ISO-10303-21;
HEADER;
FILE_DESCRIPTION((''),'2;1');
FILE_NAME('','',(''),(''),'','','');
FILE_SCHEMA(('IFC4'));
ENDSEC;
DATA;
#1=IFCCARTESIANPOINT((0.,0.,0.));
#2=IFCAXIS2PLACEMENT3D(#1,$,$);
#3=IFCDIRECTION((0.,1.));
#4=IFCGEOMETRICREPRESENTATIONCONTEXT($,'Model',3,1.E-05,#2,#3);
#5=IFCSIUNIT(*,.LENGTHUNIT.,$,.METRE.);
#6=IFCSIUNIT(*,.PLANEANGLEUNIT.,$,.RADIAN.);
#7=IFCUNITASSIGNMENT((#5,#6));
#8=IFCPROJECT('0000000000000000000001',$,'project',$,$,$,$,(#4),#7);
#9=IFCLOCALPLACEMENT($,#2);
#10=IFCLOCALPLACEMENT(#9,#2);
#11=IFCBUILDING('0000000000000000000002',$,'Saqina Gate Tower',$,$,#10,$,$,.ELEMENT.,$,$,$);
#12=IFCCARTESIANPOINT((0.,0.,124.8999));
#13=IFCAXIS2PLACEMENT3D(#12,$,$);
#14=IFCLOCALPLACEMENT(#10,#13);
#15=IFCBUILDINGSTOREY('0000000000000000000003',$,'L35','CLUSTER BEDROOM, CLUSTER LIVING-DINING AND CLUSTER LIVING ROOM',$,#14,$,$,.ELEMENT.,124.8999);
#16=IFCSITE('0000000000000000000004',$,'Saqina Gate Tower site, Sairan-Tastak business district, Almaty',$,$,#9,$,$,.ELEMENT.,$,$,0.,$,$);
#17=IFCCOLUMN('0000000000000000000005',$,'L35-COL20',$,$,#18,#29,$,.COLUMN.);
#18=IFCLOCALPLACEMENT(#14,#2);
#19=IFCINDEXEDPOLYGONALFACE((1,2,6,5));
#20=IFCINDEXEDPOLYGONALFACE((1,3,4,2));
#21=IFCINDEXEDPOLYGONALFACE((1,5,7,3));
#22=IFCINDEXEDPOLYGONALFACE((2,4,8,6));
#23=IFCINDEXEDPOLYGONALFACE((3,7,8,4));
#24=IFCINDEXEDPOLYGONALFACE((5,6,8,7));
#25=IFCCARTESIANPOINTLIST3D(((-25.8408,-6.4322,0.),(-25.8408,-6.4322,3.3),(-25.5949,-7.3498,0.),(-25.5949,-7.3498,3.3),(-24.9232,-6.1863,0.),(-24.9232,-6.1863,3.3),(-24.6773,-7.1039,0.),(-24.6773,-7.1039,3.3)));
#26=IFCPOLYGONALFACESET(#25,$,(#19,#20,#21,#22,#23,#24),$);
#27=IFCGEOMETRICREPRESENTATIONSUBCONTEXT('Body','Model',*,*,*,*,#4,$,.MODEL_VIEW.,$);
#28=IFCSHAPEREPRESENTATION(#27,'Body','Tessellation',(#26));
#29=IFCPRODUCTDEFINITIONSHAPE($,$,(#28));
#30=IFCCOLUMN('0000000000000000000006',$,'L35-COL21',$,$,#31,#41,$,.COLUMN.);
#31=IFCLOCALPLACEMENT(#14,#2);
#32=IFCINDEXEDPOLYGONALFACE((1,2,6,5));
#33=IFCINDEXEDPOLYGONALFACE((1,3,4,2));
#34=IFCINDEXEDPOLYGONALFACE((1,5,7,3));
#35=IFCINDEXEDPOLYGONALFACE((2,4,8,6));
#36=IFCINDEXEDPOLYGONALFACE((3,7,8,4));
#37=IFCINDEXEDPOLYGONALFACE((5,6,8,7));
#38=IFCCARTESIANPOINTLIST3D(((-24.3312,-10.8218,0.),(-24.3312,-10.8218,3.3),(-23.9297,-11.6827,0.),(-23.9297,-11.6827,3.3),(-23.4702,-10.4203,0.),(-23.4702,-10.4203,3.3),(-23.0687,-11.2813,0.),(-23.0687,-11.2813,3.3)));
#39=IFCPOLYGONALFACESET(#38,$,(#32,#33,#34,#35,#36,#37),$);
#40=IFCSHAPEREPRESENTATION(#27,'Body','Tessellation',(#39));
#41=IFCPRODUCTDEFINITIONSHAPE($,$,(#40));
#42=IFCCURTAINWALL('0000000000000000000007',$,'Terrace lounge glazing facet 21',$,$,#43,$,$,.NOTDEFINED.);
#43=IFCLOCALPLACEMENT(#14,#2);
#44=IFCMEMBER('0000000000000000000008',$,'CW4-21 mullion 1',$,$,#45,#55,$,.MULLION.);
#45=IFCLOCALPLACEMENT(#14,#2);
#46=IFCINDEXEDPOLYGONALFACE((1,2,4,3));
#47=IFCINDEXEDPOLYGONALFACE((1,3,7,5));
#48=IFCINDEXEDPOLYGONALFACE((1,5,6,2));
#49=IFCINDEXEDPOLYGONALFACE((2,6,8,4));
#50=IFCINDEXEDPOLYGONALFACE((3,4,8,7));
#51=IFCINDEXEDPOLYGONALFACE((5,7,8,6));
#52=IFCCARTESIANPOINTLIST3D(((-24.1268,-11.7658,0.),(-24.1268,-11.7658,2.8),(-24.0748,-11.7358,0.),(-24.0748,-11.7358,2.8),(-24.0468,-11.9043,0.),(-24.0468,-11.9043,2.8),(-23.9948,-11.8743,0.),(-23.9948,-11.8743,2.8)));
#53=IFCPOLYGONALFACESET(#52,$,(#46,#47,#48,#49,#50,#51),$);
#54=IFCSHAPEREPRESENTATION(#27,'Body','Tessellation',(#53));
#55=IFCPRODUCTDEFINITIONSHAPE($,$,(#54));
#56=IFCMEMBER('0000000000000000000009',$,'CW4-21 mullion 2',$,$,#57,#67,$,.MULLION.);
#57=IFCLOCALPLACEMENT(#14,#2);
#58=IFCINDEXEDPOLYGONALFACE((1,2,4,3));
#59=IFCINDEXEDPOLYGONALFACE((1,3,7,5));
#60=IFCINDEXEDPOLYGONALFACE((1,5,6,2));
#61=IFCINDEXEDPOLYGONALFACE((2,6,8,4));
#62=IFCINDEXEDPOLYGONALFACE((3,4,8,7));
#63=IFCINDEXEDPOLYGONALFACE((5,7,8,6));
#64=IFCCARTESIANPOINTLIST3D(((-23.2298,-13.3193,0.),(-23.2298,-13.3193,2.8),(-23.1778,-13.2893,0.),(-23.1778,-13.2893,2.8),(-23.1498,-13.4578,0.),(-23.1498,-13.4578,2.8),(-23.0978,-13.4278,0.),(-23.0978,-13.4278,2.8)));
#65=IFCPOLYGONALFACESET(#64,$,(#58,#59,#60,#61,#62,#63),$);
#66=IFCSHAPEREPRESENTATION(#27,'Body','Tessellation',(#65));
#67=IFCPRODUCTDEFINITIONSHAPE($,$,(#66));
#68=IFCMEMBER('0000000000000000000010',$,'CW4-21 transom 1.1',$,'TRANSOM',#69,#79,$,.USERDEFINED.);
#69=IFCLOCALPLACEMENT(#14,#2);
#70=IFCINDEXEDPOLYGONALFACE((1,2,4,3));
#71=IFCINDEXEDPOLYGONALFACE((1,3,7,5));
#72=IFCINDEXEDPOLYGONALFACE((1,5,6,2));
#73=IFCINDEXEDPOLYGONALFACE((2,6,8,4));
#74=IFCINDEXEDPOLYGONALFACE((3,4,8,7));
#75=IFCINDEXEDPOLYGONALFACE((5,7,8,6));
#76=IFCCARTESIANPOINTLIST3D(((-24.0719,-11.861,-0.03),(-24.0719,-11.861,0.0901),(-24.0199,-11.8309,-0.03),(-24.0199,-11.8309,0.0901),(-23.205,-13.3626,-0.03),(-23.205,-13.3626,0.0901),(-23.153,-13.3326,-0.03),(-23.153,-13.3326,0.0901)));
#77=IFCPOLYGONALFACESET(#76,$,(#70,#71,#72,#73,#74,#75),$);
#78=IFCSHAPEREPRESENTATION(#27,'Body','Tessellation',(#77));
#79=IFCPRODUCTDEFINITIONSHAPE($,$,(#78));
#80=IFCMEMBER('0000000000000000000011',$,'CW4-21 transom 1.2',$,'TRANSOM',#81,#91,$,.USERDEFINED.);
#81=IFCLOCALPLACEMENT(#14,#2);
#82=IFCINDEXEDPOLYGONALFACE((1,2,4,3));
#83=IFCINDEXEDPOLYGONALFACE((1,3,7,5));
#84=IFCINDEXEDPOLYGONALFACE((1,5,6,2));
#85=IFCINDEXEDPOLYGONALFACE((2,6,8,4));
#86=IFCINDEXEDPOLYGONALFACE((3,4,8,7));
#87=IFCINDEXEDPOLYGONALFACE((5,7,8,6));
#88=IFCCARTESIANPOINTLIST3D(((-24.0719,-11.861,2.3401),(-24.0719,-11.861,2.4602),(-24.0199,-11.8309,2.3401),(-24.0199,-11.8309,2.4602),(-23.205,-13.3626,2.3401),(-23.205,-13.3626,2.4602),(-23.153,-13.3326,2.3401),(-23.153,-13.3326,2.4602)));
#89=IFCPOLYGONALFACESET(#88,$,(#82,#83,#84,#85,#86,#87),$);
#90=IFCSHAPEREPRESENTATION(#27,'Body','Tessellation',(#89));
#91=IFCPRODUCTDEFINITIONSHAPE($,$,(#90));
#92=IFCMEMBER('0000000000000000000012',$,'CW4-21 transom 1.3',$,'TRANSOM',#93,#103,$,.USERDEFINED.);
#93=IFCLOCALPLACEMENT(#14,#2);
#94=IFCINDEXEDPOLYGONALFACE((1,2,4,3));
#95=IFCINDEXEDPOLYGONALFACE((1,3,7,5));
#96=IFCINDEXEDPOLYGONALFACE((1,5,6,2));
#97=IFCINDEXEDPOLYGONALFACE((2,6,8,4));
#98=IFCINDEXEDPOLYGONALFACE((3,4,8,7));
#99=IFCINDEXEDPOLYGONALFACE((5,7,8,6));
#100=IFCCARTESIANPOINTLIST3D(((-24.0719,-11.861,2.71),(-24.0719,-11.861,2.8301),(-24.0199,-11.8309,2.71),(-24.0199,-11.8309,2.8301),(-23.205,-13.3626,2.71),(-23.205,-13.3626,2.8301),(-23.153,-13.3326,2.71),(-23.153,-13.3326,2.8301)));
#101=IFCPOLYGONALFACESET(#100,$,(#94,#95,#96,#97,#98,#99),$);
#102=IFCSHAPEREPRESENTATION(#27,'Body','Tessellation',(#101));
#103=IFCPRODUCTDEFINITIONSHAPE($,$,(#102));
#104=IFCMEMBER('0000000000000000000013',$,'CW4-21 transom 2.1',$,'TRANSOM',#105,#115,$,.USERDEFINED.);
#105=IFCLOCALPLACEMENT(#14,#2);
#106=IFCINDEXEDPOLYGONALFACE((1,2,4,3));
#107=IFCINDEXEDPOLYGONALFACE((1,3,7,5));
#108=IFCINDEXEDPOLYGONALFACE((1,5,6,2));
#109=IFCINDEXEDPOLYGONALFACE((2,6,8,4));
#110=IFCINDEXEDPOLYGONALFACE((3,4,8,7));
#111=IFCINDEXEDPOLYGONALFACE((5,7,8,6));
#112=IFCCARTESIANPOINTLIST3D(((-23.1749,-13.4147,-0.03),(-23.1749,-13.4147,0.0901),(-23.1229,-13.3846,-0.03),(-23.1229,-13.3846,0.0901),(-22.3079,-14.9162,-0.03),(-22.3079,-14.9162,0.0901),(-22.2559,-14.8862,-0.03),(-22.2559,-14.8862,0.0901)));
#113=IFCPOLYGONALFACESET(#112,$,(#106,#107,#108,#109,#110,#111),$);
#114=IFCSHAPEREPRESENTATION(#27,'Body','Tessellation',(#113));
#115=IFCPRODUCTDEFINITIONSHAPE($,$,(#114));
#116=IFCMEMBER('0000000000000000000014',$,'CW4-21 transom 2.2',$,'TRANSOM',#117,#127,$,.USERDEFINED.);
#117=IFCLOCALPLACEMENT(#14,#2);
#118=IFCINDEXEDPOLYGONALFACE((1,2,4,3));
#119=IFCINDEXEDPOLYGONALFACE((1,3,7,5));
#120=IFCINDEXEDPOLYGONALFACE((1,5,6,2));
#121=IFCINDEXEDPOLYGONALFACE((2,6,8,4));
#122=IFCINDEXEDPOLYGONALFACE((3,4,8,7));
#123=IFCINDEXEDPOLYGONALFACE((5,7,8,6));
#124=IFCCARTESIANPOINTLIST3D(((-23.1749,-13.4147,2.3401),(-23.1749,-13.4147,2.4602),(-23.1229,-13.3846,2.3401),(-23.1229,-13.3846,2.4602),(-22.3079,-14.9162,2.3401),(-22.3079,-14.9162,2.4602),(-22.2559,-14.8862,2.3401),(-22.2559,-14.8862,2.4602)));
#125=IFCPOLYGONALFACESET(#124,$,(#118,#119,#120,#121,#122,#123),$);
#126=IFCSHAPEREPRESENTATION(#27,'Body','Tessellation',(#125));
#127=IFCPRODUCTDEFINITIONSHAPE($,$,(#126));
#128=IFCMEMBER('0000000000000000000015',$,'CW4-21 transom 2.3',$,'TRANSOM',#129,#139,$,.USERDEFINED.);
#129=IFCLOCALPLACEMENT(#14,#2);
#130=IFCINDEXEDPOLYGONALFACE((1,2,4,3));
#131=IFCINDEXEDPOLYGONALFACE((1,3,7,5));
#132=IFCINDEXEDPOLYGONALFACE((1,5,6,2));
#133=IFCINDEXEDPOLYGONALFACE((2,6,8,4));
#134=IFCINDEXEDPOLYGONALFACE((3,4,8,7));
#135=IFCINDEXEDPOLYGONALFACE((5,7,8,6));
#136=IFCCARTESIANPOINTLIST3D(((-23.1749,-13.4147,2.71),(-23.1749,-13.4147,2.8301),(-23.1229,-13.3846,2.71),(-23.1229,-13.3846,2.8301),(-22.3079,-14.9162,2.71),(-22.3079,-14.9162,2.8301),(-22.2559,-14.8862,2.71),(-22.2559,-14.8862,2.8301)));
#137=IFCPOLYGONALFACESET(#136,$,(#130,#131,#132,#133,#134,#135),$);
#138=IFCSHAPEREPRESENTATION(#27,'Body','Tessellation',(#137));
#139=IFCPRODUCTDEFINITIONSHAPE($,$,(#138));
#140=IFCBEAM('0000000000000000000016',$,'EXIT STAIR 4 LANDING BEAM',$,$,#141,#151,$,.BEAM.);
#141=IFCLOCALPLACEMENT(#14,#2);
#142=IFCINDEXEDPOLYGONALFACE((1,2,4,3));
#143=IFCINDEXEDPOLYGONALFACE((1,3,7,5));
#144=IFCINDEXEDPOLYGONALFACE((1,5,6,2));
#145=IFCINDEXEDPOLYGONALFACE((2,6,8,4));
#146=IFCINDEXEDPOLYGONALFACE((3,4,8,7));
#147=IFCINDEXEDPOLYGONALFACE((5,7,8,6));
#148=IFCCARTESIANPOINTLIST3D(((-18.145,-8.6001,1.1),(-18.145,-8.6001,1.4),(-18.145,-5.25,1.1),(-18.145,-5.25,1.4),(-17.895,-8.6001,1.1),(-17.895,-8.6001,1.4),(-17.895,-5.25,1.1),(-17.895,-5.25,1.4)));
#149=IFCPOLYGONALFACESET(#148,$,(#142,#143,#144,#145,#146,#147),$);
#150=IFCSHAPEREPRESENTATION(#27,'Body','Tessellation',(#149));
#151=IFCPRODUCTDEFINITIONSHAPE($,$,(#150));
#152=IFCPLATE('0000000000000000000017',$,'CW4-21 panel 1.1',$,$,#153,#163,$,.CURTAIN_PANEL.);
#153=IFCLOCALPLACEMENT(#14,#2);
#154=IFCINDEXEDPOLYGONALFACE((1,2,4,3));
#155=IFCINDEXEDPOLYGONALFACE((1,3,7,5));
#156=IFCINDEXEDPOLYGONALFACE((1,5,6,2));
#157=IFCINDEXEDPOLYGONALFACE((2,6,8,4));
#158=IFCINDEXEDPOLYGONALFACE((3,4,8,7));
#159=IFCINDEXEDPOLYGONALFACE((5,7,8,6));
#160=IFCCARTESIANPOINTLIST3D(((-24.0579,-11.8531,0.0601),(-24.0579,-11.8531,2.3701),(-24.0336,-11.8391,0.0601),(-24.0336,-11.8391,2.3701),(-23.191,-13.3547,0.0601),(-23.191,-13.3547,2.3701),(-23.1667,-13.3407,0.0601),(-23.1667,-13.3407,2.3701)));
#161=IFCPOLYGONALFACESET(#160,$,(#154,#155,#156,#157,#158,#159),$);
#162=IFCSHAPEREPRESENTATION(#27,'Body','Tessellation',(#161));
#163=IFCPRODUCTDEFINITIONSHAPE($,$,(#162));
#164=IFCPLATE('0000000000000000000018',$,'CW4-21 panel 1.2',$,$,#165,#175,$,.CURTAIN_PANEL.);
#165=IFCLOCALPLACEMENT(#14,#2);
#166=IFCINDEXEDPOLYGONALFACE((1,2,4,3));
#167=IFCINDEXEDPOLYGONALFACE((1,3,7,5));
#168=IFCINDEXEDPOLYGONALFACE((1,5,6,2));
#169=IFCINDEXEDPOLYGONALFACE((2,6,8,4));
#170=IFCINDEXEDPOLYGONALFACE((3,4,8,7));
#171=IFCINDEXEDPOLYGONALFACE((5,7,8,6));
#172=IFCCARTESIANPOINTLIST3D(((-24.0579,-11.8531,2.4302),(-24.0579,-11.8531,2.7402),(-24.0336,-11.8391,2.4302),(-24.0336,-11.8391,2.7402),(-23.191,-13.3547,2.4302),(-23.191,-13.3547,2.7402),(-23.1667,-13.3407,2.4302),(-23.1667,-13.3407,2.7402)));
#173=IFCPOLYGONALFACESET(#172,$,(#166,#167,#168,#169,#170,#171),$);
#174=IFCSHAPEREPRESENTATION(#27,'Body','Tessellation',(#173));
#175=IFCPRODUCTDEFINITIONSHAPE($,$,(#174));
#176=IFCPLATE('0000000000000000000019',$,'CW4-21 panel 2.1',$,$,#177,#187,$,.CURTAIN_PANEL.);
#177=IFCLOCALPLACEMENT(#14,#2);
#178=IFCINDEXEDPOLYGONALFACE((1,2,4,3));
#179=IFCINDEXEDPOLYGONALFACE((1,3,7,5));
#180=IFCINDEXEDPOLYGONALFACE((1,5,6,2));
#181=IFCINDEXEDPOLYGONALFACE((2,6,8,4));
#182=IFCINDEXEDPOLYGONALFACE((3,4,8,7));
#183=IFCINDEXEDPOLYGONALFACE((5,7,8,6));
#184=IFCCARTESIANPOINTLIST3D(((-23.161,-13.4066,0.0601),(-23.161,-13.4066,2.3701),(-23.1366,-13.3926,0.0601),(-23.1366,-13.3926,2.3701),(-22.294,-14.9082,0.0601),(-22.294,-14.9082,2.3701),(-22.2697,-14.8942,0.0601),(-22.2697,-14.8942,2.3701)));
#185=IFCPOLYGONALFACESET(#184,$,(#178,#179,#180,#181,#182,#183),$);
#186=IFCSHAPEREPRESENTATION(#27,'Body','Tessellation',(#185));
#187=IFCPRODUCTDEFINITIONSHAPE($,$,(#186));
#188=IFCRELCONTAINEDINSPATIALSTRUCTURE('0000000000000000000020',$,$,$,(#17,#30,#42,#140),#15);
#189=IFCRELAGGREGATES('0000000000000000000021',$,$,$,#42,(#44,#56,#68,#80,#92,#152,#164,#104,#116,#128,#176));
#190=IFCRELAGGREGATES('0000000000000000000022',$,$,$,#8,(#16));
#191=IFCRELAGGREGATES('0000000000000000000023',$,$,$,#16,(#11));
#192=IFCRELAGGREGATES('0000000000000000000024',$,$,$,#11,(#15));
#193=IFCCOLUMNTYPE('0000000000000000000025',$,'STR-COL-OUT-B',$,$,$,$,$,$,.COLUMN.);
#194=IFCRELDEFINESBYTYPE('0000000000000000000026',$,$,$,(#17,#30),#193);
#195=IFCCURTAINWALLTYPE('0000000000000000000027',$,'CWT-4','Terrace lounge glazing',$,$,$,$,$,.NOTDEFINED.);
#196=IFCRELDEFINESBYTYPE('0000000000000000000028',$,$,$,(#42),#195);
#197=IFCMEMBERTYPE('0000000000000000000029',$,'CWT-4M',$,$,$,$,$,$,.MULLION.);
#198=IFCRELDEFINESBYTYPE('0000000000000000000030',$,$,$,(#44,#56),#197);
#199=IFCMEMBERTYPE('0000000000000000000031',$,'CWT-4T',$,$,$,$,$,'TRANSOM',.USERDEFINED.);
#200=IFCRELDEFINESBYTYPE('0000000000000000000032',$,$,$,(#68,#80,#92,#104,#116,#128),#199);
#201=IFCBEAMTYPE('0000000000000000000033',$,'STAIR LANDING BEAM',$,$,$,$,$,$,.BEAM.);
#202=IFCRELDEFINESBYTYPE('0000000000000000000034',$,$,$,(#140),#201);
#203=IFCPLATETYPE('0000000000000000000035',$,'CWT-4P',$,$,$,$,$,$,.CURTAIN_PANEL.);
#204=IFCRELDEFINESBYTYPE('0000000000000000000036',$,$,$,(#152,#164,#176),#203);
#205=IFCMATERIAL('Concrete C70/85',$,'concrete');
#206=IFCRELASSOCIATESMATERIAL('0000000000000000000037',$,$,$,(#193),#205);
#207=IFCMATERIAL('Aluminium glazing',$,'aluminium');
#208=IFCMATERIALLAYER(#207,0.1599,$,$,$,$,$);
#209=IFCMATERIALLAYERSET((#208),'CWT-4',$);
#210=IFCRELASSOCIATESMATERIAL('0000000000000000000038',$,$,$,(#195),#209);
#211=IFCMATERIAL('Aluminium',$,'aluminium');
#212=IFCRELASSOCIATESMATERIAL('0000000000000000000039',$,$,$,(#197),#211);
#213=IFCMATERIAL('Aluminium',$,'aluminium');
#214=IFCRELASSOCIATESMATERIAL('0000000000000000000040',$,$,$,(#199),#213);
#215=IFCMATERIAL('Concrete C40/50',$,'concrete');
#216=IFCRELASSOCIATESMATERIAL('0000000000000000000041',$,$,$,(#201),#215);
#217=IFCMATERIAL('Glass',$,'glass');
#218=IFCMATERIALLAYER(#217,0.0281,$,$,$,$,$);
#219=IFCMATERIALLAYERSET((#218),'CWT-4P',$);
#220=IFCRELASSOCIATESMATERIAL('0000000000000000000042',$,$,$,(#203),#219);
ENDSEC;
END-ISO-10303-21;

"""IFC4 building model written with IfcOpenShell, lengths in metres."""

from ifc_helpers import new_model, si_unit, direction, frame, origin, origin_2d, place, context, subcontext, project, spatial, rectangle, extrude, material, layer, layer_set, material_profile, profile_set, type_object, element, aggregate, save


model = new_model("IFC4")

# Units and contexts
model_context = context("Model", 3, precision=1e-05, world=origin(), true_north=direction((0.0, 1.0)))
body_context = subcontext(model_context, "Body", "Model", "MODEL_VIEW")
ifc_project = project(units=[si_unit("LENGTHUNIT", "METRE"), si_unit("PLANEANGLEUNIT", "RADIAN")], contexts=[model_context])

# Site, building, storey
site_placement = place(None, origin())
site = spatial("IfcSite", under=ifc_project, at=site_placement, Name="Saqina Gate Tower site, Sairan-Tastak business district, Almaty", CompositionType="ELEMENT", RefElevation=0.0)
building_placement = place(site_placement, origin())
building = spatial("IfcBuilding", under=site, at=building_placement, Name="Saqina Gate Tower", CompositionType="ELEMENT")
storey_placement = place(building_placement, frame((0.0, 0.0, 124.8999)))
storey = spatial("IfcBuildingStorey", under=building, at=storey_placement, Name="L35", Description="CLUSTER BEDROOM, CLUSTER LIVING-DINING AND CLUSTER LIVING ROOM", CompositionType="ELEMENT", Elevation=124.8999)

# Columns
ifc_material_1 = material(Name="Concrete C70/85", Category="concrete")
ifc_material_profile_1 = material_profile(ifc_material_1, rectangle(XDim=0.95, YDim=0.95, at=origin_2d()), Name="RC 950x950")
ifc_profile_set_1 = profile_set([ifc_material_profile_1], Name="Concrete C70/85")
column_type = type_object("IfcColumnType", Name="STR-COL-OUT-B", PredefinedType="COLUMN", material=ifc_profile_set_1)
for number, where, z_axis, x_axis, name in (
    (1, (-25.259, -6.7681, 0.0), (0.0, 0.0, 1.0), (-0.965926, -0.258819, 0.0), "L35-COL20"),
    (2, (-23.7, -11.0515, 0.0), (0.0, 0.0, 1.0), (-0.906308, -0.422618, 0.0), "L35-COL21"),
):
    element("IfcColumn", number, at=place(storey_placement, frame(where, z_axis=z_axis, x_axis=x_axis)), inside=storey, type_object=column_type, Name=name, PredefinedType="COLUMN", context=body_context, shape_type="SweptSolid", body=[
        extrude(rectangle(XDim=0.95, YDim=0.95, at=origin_2d()), origin(), (0.0, 0.0, 1.0), 3.3),
    ])

# Curtain wall, members
ifc_material_2 = material(Name="Aluminium glazing", Category="aluminium")
ifc_layer_1 = layer(ifc_material_2, 0.1599)
ifc_layer_set_1 = layer_set([ifc_layer_1], Name="CWT-4")
curtain_wall_type = type_object("IfcCurtainWallType", Name="CWT-4", Description="Terrace lounge glazing", PredefinedType="NOTDEFINED", material=ifc_layer_set_1)
curtain_wall_placement = place(storey_placement, origin())
curtain_wall = element("IfcCurtainWall", 3, at=curtain_wall_placement, inside=storey, type_object=curtain_wall_type, Name="Terrace lounge glazing facet 21", PredefinedType="NOTDEFINED")
ifc_material_3 = material(Name="Aluminium", Category="aluminium")
ifc_material_profile_2 = material_profile(ifc_material_3, rectangle(XDim=0.0601, YDim=0.1599, at=origin_2d()), Name="Aluminium 60x160")
ifc_profile_set_2 = profile_set([ifc_material_profile_2], Name="Aluminium")
member_type_1 = type_object("IfcMemberType", Name="CWT-4M", PredefinedType="MULLION", material=ifc_profile_set_2)
member_1_placement = place(storey_placement, frame((-24.0608, -11.8201, 0.0), z_axis=(0.0, 0.0, 1.0), x_axis=(0.866026, 0.499999, 0.0)))
member_1 = element("IfcMember", 4, at=member_1_placement, type_object=member_type_1, Name="CW4-21 mullion 1", PredefinedType="MULLION", context=body_context, shape_type="SweptSolid", body=[
    extrude(rectangle(XDim=0.0601, YDim=0.1599, at=origin_2d()), origin(), (0.0, 0.0, 1.0), 2.8),
])
member_2_placement = place(storey_placement, frame((-23.1638, -13.3735, 0.0), z_axis=(0.0, 0.0, 1.0), x_axis=(0.866026, 0.499999, 0.0)))
member_2 = element("IfcMember", 5, at=member_2_placement, type_object=member_type_1, Name="CW4-21 mullion 2", PredefinedType="MULLION", context=body_context, shape_type="SweptSolid", body=[
    extrude(rectangle(XDim=0.0601, YDim=0.1599, at=origin_2d()), origin(), (0.0, 0.0, 1.0), 2.8),
])
ifc_material_4 = material(Name="Aluminium", Category="aluminium")
ifc_material_profile_3 = material_profile(ifc_material_4, rectangle(XDim=0.0601, YDim=0.1201, at=origin_2d()), Name="Aluminium 60x120")
ifc_profile_set_3 = profile_set([ifc_material_profile_3], Name="Aluminium")
member_type_2 = type_object("IfcMemberType", Name="CWT-4T", ElementType="TRANSOM", PredefinedType="USERDEFINED", material=ifc_profile_set_3)
member_3_placement = place(storey_placement, frame((-24.0459, -11.8459, 0.03), z_axis=(0.49997, -0.866043, 0.0), x_axis=(0.866043, 0.49997, 0.0)))
member_3 = element("IfcMember", 6, at=member_3_placement, type_object=member_type_2, Name="CW4-21 transom 1.1", ObjectType="TRANSOM", PredefinedType="USERDEFINED", context=body_context, shape_type="SweptSolid", body=[
    extrude(rectangle(XDim=0.0601, YDim=0.1201, at=origin_2d()), origin(), (0.0, 0.0, 1.0), 1.7339),
])
member_4_placement = place(storey_placement, frame((-24.0459, -11.8459, 2.4001), z_axis=(0.49997, -0.866043, 0.0), x_axis=(0.866043, 0.49997, 0.0)))
member_4 = element("IfcMember", 7, at=member_4_placement, type_object=member_type_2, Name="CW4-21 transom 1.2", ObjectType="TRANSOM", PredefinedType="USERDEFINED", context=body_context, shape_type="SweptSolid", body=[
    extrude(rectangle(XDim=0.0601, YDim=0.1201, at=origin_2d()), origin(), (0.0, 0.0, 1.0), 1.7339),
])
member_5_placement = place(storey_placement, frame((-24.0459, -11.8459, 2.77), z_axis=(0.49997, -0.866043, 0.0), x_axis=(0.866043, 0.49997, 0.0)))
member_5 = element("IfcMember", 8, at=member_5_placement, type_object=member_type_2, Name="CW4-21 transom 1.3", ObjectType="TRANSOM", PredefinedType="USERDEFINED", context=body_context, shape_type="SweptSolid", body=[
    extrude(rectangle(XDim=0.0601, YDim=0.1201, at=origin_2d()), origin(), (0.0, 0.0, 1.0), 1.7339),
])
member_6_placement = place(storey_placement, frame((-23.1489, -13.3997, 0.03), z_axis=(0.500031, -0.866007, 0.0), x_axis=(0.866007, 0.500031, 0.0)))
member_6 = element("IfcMember", 9, at=member_6_placement, type_object=member_type_2, Name="CW4-21 transom 2.1", ObjectType="TRANSOM", PredefinedType="USERDEFINED", context=body_context, shape_type="SweptSolid", body=[
    extrude(rectangle(XDim=0.0601, YDim=0.1201, at=origin_2d()), origin(), (0.0, 0.0, 1.0), 1.7339),
])
member_7_placement = place(storey_placement, frame((-23.1489, -13.3997, 2.4001), z_axis=(0.500031, -0.866007, 0.0), x_axis=(0.866007, 0.500031, 0.0)))
member_7 = element("IfcMember", 10, at=member_7_placement, type_object=member_type_2, Name="CW4-21 transom 2.2", ObjectType="TRANSOM", PredefinedType="USERDEFINED", context=body_context, shape_type="SweptSolid", body=[
    extrude(rectangle(XDim=0.0601, YDim=0.1201, at=origin_2d()), origin(), (0.0, 0.0, 1.0), 1.7339),
])
member_8_placement = place(storey_placement, frame((-23.1489, -13.3997, 2.77), z_axis=(0.500031, -0.866007, 0.0), x_axis=(0.866007, 0.500031, 0.0)))
member_8 = element("IfcMember", 11, at=member_8_placement, type_object=member_type_2, Name="CW4-21 transom 2.3", ObjectType="TRANSOM", PredefinedType="USERDEFINED", context=body_context, shape_type="SweptSolid", body=[
    extrude(rectangle(XDim=0.0601, YDim=0.1201, at=origin_2d()), origin(), (0.0, 0.0, 1.0), 1.7339),
])

# Beam
ifc_material_5 = material(Name="Concrete C40/50", Category="concrete")
ifc_material_profile_4 = material_profile(ifc_material_5, rectangle(XDim=0.25, YDim=0.3, at=origin_2d()), Name="STAIR LANDING BEAM")
ifc_profile_set_4 = profile_set([ifc_material_profile_4], Name="Concrete C40/50")
beam_type = type_object("IfcBeamType", Name="STAIR LANDING BEAM", PredefinedType="BEAM", material=ifc_profile_set_4)
beam_placement = place(storey_placement, frame((-18.02, -8.6001, 1.25), z_axis=(0.0, 1.0, 0.0), x_axis=(-1.0, 0.0, 0.0)))
element("IfcBeam", 12, at=beam_placement, inside=storey, type_object=beam_type, Name="EXIT STAIR 4 LANDING BEAM", PredefinedType="BEAM", context=body_context, shape_type="SweptSolid", body=[
    extrude(rectangle(XDim=0.25, YDim=0.3, at=origin_2d()), origin(), (0.0, 0.0, 1.0), 3.3501),
])

# Plates
ifc_material_6 = material(Name="Glass", Category="glass")
ifc_layer_2 = layer(ifc_material_6, 0.0281)
ifc_layer_set_2 = layer_set([ifc_layer_2], Name="CWT-4P")
plate_type = type_object("IfcPlateType", Name="CWT-4P", PredefinedType="CURTAIN_PANEL", material=ifc_layer_set_2)
plate_1_placement = place(storey_placement, frame((-23.6123, -12.5969, 0.0601), z_axis=(0.0, 0.0, 1.0), x_axis=(0.499999, -0.866026, 0.0)))
plate_1 = element("IfcPlate", 13, at=plate_1_placement, type_object=plate_type, Name="CW4-21 panel 1.1", PredefinedType="CURTAIN_PANEL", context=body_context, shape_type="SweptSolid", body=[
    extrude(rectangle(XDim=1.7339, YDim=0.0281, at=origin_2d()), origin(), (0.0, 0.0, 1.0), 2.3101),
])
plate_2_placement = place(storey_placement, frame((-23.6123, -12.5969, 2.4302), z_axis=(0.0, 0.0, 1.0), x_axis=(0.499999, -0.866026, 0.0)))
plate_2 = element("IfcPlate", 14, at=plate_2_placement, type_object=plate_type, Name="CW4-21 panel 1.2", PredefinedType="CURTAIN_PANEL", context=body_context, shape_type="SweptSolid", body=[
    extrude(rectangle(XDim=1.7339, YDim=0.0281, at=origin_2d()), origin(), (0.0, 0.0, 1.0), 0.3101),
])
plate_3_placement = place(storey_placement, frame((-22.7153, -14.1504, 0.0601), z_axis=(0.0, 0.0, 1.0), x_axis=(0.499999, -0.866026, 0.0)))
plate_3 = element("IfcPlate", 15, at=plate_3_placement, type_object=plate_type, Name="CW4-21 panel 2.1", PredefinedType="CURTAIN_PANEL", context=body_context, shape_type="SweptSolid", body=[
    extrude(rectangle(XDim=1.7339, YDim=0.0281, at=origin_2d()), origin(), (0.0, 0.0, 1.0), 2.3101),
])
aggregate(curtain_wall, [member_1, member_2, member_3, member_4, member_5, plate_1, plate_2, member_6, member_7, member_8, plate_3])

save(model, "model.ifc")
